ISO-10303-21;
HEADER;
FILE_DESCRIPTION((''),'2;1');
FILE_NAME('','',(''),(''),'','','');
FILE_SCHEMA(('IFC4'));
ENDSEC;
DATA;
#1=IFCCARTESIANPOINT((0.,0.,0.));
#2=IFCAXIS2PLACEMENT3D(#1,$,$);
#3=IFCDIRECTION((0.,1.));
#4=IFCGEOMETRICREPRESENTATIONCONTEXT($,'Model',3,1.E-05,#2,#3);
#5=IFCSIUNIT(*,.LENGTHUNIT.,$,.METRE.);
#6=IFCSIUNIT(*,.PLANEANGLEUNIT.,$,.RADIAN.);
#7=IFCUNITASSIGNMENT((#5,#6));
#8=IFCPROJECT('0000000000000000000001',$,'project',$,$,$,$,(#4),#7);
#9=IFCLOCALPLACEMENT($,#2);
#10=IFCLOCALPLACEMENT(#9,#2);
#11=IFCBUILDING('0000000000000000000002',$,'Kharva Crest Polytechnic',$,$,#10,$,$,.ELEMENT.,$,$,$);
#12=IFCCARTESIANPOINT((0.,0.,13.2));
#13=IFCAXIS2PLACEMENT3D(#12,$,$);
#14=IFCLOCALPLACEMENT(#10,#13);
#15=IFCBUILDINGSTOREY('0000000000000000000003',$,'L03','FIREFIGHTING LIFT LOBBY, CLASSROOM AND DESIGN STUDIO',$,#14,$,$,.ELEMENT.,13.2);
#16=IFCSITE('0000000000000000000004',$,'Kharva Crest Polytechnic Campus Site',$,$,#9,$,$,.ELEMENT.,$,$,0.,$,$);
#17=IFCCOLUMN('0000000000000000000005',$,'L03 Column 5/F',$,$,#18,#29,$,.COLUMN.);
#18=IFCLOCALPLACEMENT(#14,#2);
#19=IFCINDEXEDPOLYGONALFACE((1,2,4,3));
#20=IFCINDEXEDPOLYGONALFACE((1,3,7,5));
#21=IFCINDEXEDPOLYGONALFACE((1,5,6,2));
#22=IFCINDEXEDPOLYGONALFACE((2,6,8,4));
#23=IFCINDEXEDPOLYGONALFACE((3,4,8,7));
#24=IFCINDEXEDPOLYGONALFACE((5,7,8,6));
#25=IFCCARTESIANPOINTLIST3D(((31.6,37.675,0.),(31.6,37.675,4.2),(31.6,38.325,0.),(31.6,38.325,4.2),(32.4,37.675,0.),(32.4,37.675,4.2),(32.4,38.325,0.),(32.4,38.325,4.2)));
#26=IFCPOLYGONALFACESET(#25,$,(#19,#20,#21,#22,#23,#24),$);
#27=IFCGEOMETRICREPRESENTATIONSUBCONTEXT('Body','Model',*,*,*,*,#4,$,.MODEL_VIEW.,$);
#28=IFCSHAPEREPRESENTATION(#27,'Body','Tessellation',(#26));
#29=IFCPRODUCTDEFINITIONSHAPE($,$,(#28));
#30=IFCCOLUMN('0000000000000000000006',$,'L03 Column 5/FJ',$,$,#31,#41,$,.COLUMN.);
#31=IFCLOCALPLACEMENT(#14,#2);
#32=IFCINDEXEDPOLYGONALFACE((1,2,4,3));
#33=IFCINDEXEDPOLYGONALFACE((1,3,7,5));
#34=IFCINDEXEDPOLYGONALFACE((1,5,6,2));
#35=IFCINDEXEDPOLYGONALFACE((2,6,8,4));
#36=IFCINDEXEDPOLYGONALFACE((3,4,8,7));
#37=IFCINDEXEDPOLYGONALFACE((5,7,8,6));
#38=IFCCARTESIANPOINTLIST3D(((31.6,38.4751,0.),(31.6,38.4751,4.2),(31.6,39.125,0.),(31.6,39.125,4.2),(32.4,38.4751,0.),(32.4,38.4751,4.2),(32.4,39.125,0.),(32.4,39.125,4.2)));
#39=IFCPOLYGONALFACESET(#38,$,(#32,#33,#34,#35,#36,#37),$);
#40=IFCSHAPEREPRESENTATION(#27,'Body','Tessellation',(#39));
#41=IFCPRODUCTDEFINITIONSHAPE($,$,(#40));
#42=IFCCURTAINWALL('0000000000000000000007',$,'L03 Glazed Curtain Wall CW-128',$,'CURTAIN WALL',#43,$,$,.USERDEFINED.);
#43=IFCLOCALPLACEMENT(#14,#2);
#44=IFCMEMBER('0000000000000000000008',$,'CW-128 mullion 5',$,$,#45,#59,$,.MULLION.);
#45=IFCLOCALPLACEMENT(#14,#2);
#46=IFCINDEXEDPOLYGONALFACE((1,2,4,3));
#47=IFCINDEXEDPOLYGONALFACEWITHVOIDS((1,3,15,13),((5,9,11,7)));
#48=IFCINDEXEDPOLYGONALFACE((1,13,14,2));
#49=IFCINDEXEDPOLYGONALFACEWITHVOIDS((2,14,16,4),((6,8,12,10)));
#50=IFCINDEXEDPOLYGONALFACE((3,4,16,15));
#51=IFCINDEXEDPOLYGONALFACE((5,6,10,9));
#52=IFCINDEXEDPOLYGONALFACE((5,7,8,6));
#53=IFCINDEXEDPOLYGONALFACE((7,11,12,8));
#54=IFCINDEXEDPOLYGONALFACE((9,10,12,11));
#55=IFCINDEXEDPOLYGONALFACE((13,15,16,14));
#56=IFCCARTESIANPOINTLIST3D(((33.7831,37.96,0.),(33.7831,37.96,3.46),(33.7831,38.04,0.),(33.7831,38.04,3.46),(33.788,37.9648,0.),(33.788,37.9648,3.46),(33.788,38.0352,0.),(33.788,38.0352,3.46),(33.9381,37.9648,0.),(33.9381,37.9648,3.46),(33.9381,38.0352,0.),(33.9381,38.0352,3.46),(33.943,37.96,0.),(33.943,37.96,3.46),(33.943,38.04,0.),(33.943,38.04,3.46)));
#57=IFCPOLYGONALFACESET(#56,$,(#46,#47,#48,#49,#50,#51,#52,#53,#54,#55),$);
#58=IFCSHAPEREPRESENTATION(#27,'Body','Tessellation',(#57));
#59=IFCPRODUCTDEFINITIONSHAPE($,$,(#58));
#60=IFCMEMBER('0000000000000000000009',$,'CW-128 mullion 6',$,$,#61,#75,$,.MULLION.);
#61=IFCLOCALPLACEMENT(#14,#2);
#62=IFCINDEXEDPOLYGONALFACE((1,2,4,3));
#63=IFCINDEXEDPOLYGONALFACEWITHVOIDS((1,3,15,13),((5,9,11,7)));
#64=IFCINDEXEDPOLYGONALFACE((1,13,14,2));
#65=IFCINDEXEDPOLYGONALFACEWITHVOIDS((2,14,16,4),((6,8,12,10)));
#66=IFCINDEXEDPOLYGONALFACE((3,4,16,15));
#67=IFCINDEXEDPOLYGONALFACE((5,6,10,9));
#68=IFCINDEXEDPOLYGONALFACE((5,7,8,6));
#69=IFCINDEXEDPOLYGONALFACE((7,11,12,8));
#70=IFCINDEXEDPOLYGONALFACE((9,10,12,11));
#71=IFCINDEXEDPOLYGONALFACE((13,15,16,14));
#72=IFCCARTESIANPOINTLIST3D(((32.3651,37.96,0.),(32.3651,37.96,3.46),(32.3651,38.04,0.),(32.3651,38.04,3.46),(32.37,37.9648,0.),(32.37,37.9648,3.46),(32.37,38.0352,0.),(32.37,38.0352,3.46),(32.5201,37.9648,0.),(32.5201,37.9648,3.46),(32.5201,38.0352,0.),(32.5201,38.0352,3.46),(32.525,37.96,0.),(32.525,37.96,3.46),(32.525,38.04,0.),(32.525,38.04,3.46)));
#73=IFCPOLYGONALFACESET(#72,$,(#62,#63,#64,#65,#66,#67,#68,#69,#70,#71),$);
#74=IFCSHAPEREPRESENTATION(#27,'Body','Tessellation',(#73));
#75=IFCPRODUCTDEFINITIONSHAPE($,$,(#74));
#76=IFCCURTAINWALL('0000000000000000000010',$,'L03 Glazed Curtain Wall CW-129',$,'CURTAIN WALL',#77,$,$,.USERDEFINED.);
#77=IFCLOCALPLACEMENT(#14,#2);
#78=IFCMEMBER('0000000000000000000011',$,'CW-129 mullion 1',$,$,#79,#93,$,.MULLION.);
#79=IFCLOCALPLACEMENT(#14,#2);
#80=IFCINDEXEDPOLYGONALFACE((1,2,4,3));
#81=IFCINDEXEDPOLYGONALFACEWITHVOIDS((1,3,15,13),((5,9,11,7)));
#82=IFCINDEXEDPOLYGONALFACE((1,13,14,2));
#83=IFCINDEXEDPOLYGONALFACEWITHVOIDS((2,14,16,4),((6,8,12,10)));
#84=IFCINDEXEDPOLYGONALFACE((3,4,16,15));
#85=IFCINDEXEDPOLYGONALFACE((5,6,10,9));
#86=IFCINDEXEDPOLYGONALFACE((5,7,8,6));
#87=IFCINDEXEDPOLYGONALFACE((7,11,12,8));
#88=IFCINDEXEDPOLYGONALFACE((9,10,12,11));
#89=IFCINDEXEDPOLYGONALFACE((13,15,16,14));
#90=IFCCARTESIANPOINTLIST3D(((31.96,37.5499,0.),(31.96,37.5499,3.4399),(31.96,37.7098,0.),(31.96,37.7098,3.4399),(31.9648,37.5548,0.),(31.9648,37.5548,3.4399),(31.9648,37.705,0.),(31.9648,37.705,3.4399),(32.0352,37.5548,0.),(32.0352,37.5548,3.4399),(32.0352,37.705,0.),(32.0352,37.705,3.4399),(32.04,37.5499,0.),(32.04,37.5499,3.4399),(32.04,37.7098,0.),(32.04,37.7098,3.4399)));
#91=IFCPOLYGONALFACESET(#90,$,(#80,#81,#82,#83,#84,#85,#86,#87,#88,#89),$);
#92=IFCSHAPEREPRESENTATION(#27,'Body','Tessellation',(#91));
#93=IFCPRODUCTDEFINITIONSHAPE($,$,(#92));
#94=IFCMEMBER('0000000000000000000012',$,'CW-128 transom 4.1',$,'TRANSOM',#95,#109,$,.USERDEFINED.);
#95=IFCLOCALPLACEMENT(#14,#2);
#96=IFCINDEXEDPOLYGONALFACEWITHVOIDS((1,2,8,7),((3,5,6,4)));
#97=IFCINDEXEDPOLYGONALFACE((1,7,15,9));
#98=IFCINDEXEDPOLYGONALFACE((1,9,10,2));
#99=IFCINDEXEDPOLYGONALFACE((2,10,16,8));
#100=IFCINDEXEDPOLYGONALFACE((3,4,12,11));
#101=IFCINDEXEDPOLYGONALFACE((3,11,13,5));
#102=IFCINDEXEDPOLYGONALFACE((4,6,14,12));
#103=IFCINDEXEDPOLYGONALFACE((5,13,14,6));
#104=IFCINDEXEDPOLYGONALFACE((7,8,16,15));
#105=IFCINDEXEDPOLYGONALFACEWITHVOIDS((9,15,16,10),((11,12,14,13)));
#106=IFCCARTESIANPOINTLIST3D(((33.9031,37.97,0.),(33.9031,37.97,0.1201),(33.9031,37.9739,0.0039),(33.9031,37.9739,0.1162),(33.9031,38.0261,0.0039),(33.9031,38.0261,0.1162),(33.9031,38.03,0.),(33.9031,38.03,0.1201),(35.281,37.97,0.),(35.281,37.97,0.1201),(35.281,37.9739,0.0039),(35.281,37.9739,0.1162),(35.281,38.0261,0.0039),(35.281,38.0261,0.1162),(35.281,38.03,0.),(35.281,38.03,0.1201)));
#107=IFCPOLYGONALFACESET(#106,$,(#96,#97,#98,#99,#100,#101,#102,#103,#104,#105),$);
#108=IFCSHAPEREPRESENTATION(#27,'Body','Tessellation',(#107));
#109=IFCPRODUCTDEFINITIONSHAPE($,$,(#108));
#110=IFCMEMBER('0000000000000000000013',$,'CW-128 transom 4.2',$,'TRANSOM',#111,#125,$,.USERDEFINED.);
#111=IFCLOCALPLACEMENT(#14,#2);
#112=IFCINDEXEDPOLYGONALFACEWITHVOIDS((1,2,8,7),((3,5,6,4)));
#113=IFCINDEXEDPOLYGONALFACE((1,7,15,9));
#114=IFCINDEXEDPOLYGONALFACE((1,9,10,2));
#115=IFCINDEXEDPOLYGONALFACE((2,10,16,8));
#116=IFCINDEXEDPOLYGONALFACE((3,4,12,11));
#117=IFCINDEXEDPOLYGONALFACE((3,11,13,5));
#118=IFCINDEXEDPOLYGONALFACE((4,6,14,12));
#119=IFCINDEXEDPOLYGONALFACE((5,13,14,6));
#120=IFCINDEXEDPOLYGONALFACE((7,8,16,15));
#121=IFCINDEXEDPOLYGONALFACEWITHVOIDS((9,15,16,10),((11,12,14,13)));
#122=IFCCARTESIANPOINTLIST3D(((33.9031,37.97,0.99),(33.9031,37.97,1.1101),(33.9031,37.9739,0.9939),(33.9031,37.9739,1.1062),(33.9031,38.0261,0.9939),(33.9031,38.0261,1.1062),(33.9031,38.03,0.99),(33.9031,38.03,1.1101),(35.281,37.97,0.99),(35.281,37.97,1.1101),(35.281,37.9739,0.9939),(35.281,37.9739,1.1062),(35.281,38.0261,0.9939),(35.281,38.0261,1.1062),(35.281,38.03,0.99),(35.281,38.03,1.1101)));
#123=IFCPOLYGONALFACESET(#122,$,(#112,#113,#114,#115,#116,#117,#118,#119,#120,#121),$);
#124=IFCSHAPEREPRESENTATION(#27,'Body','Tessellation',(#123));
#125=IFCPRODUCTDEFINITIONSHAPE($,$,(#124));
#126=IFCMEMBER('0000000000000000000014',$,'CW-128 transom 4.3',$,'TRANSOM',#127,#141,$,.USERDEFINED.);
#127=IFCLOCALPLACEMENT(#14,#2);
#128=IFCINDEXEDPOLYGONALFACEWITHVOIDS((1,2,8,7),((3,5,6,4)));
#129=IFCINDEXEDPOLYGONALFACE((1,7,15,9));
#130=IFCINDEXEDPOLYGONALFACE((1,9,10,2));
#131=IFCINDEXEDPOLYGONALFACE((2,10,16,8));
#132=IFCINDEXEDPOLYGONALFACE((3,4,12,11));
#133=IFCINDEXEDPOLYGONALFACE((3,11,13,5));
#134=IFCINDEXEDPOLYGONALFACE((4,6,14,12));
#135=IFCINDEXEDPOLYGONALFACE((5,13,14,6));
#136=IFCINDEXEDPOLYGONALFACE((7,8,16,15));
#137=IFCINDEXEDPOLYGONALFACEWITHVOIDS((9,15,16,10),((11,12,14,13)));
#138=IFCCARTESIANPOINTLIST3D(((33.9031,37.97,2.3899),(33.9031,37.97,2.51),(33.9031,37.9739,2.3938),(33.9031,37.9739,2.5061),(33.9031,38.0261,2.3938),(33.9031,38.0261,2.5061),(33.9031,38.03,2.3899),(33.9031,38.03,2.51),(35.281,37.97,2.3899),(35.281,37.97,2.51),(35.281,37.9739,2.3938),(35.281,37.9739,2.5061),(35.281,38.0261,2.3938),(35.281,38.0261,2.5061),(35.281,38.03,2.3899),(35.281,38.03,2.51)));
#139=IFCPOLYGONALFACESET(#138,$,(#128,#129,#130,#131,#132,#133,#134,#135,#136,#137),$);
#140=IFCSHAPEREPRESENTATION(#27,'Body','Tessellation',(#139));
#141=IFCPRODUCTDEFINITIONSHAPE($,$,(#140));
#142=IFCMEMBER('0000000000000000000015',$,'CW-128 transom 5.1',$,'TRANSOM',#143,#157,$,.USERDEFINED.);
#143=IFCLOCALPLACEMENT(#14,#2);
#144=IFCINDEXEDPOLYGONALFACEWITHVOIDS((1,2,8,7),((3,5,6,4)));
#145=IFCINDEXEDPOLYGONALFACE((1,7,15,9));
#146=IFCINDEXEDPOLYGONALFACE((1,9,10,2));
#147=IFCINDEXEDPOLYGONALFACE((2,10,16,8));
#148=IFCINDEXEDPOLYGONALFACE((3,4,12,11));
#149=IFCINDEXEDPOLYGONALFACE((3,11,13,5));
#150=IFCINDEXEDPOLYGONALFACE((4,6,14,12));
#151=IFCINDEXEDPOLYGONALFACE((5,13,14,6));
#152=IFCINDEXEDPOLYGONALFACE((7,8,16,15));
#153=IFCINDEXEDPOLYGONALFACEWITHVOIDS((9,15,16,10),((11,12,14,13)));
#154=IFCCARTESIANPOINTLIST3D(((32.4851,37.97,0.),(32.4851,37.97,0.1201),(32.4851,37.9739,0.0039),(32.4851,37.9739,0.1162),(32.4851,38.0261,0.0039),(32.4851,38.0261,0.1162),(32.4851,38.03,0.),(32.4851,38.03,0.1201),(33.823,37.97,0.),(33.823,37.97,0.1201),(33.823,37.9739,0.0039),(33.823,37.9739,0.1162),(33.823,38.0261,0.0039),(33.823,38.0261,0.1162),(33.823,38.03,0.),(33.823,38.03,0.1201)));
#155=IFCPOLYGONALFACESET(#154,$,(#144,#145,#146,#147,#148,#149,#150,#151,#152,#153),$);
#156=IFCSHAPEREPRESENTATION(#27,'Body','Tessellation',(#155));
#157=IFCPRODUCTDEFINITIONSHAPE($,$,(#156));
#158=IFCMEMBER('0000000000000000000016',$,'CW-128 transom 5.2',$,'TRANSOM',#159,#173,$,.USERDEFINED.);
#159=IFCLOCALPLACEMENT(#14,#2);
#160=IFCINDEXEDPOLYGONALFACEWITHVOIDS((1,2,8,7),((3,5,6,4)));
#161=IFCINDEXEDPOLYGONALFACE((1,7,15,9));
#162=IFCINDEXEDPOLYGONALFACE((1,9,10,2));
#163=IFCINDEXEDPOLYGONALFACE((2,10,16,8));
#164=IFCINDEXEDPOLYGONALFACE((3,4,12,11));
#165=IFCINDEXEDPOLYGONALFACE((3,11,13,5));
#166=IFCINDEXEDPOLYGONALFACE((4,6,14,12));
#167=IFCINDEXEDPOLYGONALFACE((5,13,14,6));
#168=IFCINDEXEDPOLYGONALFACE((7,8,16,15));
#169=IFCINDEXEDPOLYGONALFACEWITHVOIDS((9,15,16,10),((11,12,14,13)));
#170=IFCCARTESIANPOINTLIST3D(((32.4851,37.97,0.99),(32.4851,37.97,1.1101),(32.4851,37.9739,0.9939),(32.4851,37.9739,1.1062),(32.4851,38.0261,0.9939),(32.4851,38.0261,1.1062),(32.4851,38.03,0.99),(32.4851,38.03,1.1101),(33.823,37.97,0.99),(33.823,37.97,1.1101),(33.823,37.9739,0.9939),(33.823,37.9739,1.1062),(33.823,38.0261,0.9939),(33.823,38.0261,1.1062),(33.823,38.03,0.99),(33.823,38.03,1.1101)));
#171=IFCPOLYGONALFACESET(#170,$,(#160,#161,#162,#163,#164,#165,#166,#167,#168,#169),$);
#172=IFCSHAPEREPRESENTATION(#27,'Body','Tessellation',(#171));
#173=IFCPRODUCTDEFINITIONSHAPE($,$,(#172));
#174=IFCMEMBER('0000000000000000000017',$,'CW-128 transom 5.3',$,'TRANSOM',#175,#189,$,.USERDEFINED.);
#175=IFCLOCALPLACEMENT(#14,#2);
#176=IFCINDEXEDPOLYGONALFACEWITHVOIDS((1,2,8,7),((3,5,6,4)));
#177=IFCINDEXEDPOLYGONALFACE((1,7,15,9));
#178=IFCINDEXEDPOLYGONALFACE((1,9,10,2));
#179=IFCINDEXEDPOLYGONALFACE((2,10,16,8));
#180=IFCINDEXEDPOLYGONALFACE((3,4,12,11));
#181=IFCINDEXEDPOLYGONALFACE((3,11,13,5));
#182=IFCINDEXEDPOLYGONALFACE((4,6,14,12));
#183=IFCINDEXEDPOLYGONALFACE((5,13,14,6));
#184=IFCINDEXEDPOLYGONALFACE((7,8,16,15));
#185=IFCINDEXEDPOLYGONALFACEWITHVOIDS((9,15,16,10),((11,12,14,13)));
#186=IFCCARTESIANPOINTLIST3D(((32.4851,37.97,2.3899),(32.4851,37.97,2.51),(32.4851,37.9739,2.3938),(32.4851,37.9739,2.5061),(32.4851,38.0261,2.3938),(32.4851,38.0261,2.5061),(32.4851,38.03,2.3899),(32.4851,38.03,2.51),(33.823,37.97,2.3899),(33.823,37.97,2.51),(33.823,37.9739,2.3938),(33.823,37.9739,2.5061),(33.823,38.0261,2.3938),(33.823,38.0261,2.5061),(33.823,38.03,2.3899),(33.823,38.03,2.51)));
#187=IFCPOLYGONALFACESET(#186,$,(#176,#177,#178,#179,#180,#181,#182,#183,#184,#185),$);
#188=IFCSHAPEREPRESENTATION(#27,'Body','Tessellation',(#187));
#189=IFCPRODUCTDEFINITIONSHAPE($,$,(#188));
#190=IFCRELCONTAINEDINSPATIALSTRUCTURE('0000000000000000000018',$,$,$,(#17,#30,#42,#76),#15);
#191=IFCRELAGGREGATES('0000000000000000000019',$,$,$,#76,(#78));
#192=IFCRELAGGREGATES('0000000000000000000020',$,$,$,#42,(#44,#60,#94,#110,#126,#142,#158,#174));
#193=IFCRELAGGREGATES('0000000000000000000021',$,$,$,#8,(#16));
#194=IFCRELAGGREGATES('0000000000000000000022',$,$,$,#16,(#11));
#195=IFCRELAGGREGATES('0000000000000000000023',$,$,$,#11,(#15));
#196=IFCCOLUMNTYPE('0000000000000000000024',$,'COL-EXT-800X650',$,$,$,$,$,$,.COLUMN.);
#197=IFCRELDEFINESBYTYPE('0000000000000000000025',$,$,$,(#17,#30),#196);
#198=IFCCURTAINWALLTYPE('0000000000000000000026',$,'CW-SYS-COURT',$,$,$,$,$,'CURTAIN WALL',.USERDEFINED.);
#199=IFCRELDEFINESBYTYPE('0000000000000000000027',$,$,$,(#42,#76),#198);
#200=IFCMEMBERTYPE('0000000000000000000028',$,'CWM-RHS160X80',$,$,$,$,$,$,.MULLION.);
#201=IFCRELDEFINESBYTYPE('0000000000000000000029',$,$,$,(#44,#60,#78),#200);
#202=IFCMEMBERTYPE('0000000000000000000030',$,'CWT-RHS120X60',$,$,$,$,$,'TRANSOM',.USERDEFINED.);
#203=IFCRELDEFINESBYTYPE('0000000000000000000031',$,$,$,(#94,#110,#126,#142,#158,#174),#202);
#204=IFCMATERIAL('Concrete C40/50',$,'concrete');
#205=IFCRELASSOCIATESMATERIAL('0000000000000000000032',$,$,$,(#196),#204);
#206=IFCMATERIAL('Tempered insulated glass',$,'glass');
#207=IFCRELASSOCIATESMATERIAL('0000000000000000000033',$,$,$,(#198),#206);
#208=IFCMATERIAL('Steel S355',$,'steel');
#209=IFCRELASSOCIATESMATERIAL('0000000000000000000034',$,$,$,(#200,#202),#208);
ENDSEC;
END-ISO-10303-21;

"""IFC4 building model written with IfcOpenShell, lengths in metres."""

from ifc_helpers import new_model, si_unit, direction, frame, origin, origin_2d, place, context, subcontext, project, spatial, rectangle, hollow_rectangle, extrude, material, material_profile, profile_set, type_object, element, aggregate, save


model = new_model("IFC4")

# Units and contexts
model_context = context("Model", 3, precision=1e-05, world=origin(), true_north=direction((0.0, 1.0)))
body_context = subcontext(model_context, "Body", "Model", "MODEL_VIEW")
ifc_project = project(units=[si_unit("LENGTHUNIT", "METRE"), si_unit("PLANEANGLEUNIT", "RADIAN")], contexts=[model_context])

# Site, building, storey
site_placement = place(None, origin())
site = spatial("IfcSite", under=ifc_project, at=site_placement, Name="Kharva Crest Polytechnic Campus Site", CompositionType="ELEMENT", RefElevation=0.0)
building_placement = place(site_placement, origin())
building = spatial("IfcBuilding", under=site, at=building_placement, Name="Kharva Crest Polytechnic", CompositionType="ELEMENT")
storey_placement = place(building_placement, frame((0.0, 0.0, 13.2)))
storey = spatial("IfcBuildingStorey", under=building, at=storey_placement, Name="L03", Description="FIREFIGHTING LIFT LOBBY, CLASSROOM AND DESIGN STUDIO", CompositionType="ELEMENT", Elevation=13.2)

# Columns
ifc_material_1 = material(Name="Concrete C40/50", Category="concrete")
ifc_material_profile_1 = material_profile(ifc_material_1, rectangle(XDim=0.8, YDim=0.6499, at=origin_2d()), Name="RECT 800 X 650")
ifc_profile_set_1 = profile_set([ifc_material_profile_1], Name="Concrete C40/50")
column_type = type_object("IfcColumnType", Name="COL-EXT-800X650", PredefinedType="COLUMN", material=ifc_profile_set_1)
for number, where, z_axis, x_axis, name in (
    (1, (32.0, 38.0, 0.0), (0.0, 0.0, 1.0), (1.0, 0.0, 0.0), "L03 Column 5/F"),
    (2, (32.0, 38.8, 0.0), (0.0, 0.0, 1.0), (1.0, 0.0, 0.0), "L03 Column 5/FJ"),
):
    element("IfcColumn", number, at=place(storey_placement, frame(where, z_axis=z_axis, x_axis=x_axis)), inside=storey, type_object=column_type, Name=name, PredefinedType="COLUMN", context=body_context, shape_type="SweptSolid", body=[
        extrude(rectangle(XDim=0.8, YDim=0.6499, at=origin_2d()), origin(), (0.0, 0.0, 1.0), 4.2),
    ])

# Curtain wall, members
ifc_material_2 = material(Name="Tempered insulated glass", Category="glass")
curtain_wall_type = type_object("IfcCurtainWallType", Name="CW-SYS-COURT", ElementType="CURTAIN WALL", PredefinedType="USERDEFINED", material=ifc_material_2)
curtain_wall_1_placement = place(storey_placement, origin())
curtain_wall_1 = element("IfcCurtainWall", 3, at=curtain_wall_1_placement, inside=storey, type_object=curtain_wall_type, Name="L03 Glazed Curtain Wall CW-128", ObjectType="CURTAIN WALL", PredefinedType="USERDEFINED")
ifc_material_3 = material(Name="Steel S355", Category="steel")
ifc_material_profile_2 = material_profile(ifc_material_3, hollow_rectangle(XDim=0.0801, YDim=0.1599, WallThickness=0.0049, at=origin_2d()), Name="RHS 160X80X5.0")
ifc_profile_set_2 = profile_set([ifc_material_profile_2], Name="Steel S355")
member_type_1 = type_object("IfcMemberType", Name="CWM-RHS160X80", PredefinedType="MULLION", material=ifc_profile_set_2)
member_1_placement = place(storey_placement, frame((33.863, 38.0, 0.0), z_axis=(0.0, 0.0, 1.0), x_axis=(0.0, -1.0, 0.0)))
member_1 = element("IfcMember", 4, at=member_1_placement, type_object=member_type_1, Name="CW-128 mullion 5", PredefinedType="MULLION", context=body_context, shape_type="SweptSolid", body=[
    extrude(hollow_rectangle(XDim=0.0801, YDim=0.1599, WallThickness=0.0049, at=origin_2d()), origin(), (0.0, 0.0, 1.0), 3.46),
])
member_2_placement = place(storey_placement, frame((32.4451, 38.0, 0.0), z_axis=(0.0, 0.0, 1.0), x_axis=(0.0, -1.0, 0.0)))
member_2 = element("IfcMember", 5, at=member_2_placement, type_object=member_type_1, Name="CW-128 mullion 6", PredefinedType="MULLION", context=body_context, shape_type="SweptSolid", body=[
    extrude(hollow_rectangle(XDim=0.0801, YDim=0.1599, WallThickness=0.0049, at=origin_2d()), origin(), (0.0, 0.0, 1.0), 3.46),
])

# Curtain wall, member
curtain_wall_2_placement = place(storey_placement, origin())
curtain_wall_2 = element("IfcCurtainWall", 6, at=curtain_wall_2_placement, inside=storey, type_object=curtain_wall_type, Name="L03 Glazed Curtain Wall CW-129", ObjectType="CURTAIN WALL", PredefinedType="USERDEFINED")
member_3_placement = place(storey_placement, frame((32.0, 37.6299, 0.0), z_axis=(0.0, 0.0, 1.0), x_axis=(1.0, 0.0, 0.0)))
member_3 = element("IfcMember", 7, at=member_3_placement, type_object=member_type_1, Name="CW-129 mullion 1", PredefinedType="MULLION", context=body_context, shape_type="SweptSolid", body=[
    extrude(hollow_rectangle(XDim=0.0801, YDim=0.1599, WallThickness=0.0049, at=origin_2d()), origin(), (0.0, 0.0, 1.0), 3.4399),
])
aggregate(curtain_wall_2, [member_3])

# Members
ifc_material_profile_3 = material_profile(ifc_material_3, hollow_rectangle(XDim=0.0601, YDim=0.1201, WallThickness=0.0039, at=origin_2d()), Name="RHS 120X60X4.0")
ifc_profile_set_3 = profile_set([ifc_material_profile_3], Name="Steel S355")
member_type_2 = type_object("IfcMemberType", Name="CWT-RHS120X60", ElementType="TRANSOM", PredefinedType="USERDEFINED", material=ifc_profile_set_3)
member_4_placement = place(storey_placement, frame((35.281, 38.0, 0.0601), z_axis=(-1.0, 0.0, 0.0), x_axis=(0.0, -1.0, 0.0)))
member_4 = element("IfcMember", 8, at=member_4_placement, type_object=member_type_2, Name="CW-128 transom 4.1", ObjectType="TRANSOM", PredefinedType="USERDEFINED", context=body_context, shape_type="SweptSolid", body=[
    extrude(hollow_rectangle(XDim=0.0601, YDim=0.1201, WallThickness=0.0039, at=origin_2d()), origin(), (0.0, 0.0, 1.0), 1.3779),
])
member_5_placement = place(storey_placement, frame((35.281, 38.0, 1.05), z_axis=(-1.0, 0.0, 0.0), x_axis=(0.0, -1.0, 0.0)))
member_5 = element("IfcMember", 9, at=member_5_placement, type_object=member_type_2, Name="CW-128 transom 4.2", ObjectType="TRANSOM", PredefinedType="USERDEFINED", context=body_context, shape_type="SweptSolid", body=[
    extrude(hollow_rectangle(XDim=0.0601, YDim=0.1201, WallThickness=0.0039, at=origin_2d()), origin(), (0.0, 0.0, 1.0), 1.3779),
])
member_6_placement = place(storey_placement, frame((35.281, 38.0, 2.45), z_axis=(-1.0, 0.0, 0.0), x_axis=(0.0, -1.0, 0.0)))
member_6 = element("IfcMember", 10, at=member_6_placement, type_object=member_type_2, Name="CW-128 transom 4.3", ObjectType="TRANSOM", PredefinedType="USERDEFINED", context=body_context, shape_type="SweptSolid", body=[
    extrude(hollow_rectangle(XDim=0.0601, YDim=0.1201, WallThickness=0.0039, at=origin_2d()), origin(), (0.0, 0.0, 1.0), 1.3779),
])
member_7_placement = place(storey_placement, frame((33.823, 38.0, 0.0601), z_axis=(-1.0, 0.0, 0.0), x_axis=(0.0, -1.0, 0.0)))
member_7 = element("IfcMember", 11, at=member_7_placement, type_object=member_type_2, Name="CW-128 transom 5.1", ObjectType="TRANSOM", PredefinedType="USERDEFINED", context=body_context, shape_type="SweptSolid", body=[
    extrude(hollow_rectangle(XDim=0.0601, YDim=0.1201, WallThickness=0.0039, at=origin_2d()), origin(), (0.0, 0.0, 1.0), 1.3379),
])
member_8_placement = place(storey_placement, frame((33.823, 38.0, 1.05), z_axis=(-1.0, 0.0, 0.0), x_axis=(0.0, -1.0, 0.0)))
member_8 = element("IfcMember", 12, at=member_8_placement, type_object=member_type_2, Name="CW-128 transom 5.2", ObjectType="TRANSOM", PredefinedType="USERDEFINED", context=body_context, shape_type="SweptSolid", body=[
    extrude(hollow_rectangle(XDim=0.0601, YDim=0.1201, WallThickness=0.0039, at=origin_2d()), origin(), (0.0, 0.0, 1.0), 1.3379),
])
member_9_placement = place(storey_placement, frame((33.823, 38.0, 2.45), z_axis=(-1.0, 0.0, 0.0), x_axis=(0.0, -1.0, 0.0)))
member_9 = element("IfcMember", 13, at=member_9_placement, type_object=member_type_2, Name="CW-128 transom 5.3", ObjectType="TRANSOM", PredefinedType="USERDEFINED", context=body_context, shape_type="SweptSolid", body=[
    extrude(hollow_rectangle(XDim=0.0601, YDim=0.1201, WallThickness=0.0039, at=origin_2d()), origin(), (0.0, 0.0, 1.0), 1.3379),
])

aggregate(curtain_wall_1, [member_1, member_2, member_4, member_5, member_6, member_7, member_8, member_9])

save(model, "model.ifc")
